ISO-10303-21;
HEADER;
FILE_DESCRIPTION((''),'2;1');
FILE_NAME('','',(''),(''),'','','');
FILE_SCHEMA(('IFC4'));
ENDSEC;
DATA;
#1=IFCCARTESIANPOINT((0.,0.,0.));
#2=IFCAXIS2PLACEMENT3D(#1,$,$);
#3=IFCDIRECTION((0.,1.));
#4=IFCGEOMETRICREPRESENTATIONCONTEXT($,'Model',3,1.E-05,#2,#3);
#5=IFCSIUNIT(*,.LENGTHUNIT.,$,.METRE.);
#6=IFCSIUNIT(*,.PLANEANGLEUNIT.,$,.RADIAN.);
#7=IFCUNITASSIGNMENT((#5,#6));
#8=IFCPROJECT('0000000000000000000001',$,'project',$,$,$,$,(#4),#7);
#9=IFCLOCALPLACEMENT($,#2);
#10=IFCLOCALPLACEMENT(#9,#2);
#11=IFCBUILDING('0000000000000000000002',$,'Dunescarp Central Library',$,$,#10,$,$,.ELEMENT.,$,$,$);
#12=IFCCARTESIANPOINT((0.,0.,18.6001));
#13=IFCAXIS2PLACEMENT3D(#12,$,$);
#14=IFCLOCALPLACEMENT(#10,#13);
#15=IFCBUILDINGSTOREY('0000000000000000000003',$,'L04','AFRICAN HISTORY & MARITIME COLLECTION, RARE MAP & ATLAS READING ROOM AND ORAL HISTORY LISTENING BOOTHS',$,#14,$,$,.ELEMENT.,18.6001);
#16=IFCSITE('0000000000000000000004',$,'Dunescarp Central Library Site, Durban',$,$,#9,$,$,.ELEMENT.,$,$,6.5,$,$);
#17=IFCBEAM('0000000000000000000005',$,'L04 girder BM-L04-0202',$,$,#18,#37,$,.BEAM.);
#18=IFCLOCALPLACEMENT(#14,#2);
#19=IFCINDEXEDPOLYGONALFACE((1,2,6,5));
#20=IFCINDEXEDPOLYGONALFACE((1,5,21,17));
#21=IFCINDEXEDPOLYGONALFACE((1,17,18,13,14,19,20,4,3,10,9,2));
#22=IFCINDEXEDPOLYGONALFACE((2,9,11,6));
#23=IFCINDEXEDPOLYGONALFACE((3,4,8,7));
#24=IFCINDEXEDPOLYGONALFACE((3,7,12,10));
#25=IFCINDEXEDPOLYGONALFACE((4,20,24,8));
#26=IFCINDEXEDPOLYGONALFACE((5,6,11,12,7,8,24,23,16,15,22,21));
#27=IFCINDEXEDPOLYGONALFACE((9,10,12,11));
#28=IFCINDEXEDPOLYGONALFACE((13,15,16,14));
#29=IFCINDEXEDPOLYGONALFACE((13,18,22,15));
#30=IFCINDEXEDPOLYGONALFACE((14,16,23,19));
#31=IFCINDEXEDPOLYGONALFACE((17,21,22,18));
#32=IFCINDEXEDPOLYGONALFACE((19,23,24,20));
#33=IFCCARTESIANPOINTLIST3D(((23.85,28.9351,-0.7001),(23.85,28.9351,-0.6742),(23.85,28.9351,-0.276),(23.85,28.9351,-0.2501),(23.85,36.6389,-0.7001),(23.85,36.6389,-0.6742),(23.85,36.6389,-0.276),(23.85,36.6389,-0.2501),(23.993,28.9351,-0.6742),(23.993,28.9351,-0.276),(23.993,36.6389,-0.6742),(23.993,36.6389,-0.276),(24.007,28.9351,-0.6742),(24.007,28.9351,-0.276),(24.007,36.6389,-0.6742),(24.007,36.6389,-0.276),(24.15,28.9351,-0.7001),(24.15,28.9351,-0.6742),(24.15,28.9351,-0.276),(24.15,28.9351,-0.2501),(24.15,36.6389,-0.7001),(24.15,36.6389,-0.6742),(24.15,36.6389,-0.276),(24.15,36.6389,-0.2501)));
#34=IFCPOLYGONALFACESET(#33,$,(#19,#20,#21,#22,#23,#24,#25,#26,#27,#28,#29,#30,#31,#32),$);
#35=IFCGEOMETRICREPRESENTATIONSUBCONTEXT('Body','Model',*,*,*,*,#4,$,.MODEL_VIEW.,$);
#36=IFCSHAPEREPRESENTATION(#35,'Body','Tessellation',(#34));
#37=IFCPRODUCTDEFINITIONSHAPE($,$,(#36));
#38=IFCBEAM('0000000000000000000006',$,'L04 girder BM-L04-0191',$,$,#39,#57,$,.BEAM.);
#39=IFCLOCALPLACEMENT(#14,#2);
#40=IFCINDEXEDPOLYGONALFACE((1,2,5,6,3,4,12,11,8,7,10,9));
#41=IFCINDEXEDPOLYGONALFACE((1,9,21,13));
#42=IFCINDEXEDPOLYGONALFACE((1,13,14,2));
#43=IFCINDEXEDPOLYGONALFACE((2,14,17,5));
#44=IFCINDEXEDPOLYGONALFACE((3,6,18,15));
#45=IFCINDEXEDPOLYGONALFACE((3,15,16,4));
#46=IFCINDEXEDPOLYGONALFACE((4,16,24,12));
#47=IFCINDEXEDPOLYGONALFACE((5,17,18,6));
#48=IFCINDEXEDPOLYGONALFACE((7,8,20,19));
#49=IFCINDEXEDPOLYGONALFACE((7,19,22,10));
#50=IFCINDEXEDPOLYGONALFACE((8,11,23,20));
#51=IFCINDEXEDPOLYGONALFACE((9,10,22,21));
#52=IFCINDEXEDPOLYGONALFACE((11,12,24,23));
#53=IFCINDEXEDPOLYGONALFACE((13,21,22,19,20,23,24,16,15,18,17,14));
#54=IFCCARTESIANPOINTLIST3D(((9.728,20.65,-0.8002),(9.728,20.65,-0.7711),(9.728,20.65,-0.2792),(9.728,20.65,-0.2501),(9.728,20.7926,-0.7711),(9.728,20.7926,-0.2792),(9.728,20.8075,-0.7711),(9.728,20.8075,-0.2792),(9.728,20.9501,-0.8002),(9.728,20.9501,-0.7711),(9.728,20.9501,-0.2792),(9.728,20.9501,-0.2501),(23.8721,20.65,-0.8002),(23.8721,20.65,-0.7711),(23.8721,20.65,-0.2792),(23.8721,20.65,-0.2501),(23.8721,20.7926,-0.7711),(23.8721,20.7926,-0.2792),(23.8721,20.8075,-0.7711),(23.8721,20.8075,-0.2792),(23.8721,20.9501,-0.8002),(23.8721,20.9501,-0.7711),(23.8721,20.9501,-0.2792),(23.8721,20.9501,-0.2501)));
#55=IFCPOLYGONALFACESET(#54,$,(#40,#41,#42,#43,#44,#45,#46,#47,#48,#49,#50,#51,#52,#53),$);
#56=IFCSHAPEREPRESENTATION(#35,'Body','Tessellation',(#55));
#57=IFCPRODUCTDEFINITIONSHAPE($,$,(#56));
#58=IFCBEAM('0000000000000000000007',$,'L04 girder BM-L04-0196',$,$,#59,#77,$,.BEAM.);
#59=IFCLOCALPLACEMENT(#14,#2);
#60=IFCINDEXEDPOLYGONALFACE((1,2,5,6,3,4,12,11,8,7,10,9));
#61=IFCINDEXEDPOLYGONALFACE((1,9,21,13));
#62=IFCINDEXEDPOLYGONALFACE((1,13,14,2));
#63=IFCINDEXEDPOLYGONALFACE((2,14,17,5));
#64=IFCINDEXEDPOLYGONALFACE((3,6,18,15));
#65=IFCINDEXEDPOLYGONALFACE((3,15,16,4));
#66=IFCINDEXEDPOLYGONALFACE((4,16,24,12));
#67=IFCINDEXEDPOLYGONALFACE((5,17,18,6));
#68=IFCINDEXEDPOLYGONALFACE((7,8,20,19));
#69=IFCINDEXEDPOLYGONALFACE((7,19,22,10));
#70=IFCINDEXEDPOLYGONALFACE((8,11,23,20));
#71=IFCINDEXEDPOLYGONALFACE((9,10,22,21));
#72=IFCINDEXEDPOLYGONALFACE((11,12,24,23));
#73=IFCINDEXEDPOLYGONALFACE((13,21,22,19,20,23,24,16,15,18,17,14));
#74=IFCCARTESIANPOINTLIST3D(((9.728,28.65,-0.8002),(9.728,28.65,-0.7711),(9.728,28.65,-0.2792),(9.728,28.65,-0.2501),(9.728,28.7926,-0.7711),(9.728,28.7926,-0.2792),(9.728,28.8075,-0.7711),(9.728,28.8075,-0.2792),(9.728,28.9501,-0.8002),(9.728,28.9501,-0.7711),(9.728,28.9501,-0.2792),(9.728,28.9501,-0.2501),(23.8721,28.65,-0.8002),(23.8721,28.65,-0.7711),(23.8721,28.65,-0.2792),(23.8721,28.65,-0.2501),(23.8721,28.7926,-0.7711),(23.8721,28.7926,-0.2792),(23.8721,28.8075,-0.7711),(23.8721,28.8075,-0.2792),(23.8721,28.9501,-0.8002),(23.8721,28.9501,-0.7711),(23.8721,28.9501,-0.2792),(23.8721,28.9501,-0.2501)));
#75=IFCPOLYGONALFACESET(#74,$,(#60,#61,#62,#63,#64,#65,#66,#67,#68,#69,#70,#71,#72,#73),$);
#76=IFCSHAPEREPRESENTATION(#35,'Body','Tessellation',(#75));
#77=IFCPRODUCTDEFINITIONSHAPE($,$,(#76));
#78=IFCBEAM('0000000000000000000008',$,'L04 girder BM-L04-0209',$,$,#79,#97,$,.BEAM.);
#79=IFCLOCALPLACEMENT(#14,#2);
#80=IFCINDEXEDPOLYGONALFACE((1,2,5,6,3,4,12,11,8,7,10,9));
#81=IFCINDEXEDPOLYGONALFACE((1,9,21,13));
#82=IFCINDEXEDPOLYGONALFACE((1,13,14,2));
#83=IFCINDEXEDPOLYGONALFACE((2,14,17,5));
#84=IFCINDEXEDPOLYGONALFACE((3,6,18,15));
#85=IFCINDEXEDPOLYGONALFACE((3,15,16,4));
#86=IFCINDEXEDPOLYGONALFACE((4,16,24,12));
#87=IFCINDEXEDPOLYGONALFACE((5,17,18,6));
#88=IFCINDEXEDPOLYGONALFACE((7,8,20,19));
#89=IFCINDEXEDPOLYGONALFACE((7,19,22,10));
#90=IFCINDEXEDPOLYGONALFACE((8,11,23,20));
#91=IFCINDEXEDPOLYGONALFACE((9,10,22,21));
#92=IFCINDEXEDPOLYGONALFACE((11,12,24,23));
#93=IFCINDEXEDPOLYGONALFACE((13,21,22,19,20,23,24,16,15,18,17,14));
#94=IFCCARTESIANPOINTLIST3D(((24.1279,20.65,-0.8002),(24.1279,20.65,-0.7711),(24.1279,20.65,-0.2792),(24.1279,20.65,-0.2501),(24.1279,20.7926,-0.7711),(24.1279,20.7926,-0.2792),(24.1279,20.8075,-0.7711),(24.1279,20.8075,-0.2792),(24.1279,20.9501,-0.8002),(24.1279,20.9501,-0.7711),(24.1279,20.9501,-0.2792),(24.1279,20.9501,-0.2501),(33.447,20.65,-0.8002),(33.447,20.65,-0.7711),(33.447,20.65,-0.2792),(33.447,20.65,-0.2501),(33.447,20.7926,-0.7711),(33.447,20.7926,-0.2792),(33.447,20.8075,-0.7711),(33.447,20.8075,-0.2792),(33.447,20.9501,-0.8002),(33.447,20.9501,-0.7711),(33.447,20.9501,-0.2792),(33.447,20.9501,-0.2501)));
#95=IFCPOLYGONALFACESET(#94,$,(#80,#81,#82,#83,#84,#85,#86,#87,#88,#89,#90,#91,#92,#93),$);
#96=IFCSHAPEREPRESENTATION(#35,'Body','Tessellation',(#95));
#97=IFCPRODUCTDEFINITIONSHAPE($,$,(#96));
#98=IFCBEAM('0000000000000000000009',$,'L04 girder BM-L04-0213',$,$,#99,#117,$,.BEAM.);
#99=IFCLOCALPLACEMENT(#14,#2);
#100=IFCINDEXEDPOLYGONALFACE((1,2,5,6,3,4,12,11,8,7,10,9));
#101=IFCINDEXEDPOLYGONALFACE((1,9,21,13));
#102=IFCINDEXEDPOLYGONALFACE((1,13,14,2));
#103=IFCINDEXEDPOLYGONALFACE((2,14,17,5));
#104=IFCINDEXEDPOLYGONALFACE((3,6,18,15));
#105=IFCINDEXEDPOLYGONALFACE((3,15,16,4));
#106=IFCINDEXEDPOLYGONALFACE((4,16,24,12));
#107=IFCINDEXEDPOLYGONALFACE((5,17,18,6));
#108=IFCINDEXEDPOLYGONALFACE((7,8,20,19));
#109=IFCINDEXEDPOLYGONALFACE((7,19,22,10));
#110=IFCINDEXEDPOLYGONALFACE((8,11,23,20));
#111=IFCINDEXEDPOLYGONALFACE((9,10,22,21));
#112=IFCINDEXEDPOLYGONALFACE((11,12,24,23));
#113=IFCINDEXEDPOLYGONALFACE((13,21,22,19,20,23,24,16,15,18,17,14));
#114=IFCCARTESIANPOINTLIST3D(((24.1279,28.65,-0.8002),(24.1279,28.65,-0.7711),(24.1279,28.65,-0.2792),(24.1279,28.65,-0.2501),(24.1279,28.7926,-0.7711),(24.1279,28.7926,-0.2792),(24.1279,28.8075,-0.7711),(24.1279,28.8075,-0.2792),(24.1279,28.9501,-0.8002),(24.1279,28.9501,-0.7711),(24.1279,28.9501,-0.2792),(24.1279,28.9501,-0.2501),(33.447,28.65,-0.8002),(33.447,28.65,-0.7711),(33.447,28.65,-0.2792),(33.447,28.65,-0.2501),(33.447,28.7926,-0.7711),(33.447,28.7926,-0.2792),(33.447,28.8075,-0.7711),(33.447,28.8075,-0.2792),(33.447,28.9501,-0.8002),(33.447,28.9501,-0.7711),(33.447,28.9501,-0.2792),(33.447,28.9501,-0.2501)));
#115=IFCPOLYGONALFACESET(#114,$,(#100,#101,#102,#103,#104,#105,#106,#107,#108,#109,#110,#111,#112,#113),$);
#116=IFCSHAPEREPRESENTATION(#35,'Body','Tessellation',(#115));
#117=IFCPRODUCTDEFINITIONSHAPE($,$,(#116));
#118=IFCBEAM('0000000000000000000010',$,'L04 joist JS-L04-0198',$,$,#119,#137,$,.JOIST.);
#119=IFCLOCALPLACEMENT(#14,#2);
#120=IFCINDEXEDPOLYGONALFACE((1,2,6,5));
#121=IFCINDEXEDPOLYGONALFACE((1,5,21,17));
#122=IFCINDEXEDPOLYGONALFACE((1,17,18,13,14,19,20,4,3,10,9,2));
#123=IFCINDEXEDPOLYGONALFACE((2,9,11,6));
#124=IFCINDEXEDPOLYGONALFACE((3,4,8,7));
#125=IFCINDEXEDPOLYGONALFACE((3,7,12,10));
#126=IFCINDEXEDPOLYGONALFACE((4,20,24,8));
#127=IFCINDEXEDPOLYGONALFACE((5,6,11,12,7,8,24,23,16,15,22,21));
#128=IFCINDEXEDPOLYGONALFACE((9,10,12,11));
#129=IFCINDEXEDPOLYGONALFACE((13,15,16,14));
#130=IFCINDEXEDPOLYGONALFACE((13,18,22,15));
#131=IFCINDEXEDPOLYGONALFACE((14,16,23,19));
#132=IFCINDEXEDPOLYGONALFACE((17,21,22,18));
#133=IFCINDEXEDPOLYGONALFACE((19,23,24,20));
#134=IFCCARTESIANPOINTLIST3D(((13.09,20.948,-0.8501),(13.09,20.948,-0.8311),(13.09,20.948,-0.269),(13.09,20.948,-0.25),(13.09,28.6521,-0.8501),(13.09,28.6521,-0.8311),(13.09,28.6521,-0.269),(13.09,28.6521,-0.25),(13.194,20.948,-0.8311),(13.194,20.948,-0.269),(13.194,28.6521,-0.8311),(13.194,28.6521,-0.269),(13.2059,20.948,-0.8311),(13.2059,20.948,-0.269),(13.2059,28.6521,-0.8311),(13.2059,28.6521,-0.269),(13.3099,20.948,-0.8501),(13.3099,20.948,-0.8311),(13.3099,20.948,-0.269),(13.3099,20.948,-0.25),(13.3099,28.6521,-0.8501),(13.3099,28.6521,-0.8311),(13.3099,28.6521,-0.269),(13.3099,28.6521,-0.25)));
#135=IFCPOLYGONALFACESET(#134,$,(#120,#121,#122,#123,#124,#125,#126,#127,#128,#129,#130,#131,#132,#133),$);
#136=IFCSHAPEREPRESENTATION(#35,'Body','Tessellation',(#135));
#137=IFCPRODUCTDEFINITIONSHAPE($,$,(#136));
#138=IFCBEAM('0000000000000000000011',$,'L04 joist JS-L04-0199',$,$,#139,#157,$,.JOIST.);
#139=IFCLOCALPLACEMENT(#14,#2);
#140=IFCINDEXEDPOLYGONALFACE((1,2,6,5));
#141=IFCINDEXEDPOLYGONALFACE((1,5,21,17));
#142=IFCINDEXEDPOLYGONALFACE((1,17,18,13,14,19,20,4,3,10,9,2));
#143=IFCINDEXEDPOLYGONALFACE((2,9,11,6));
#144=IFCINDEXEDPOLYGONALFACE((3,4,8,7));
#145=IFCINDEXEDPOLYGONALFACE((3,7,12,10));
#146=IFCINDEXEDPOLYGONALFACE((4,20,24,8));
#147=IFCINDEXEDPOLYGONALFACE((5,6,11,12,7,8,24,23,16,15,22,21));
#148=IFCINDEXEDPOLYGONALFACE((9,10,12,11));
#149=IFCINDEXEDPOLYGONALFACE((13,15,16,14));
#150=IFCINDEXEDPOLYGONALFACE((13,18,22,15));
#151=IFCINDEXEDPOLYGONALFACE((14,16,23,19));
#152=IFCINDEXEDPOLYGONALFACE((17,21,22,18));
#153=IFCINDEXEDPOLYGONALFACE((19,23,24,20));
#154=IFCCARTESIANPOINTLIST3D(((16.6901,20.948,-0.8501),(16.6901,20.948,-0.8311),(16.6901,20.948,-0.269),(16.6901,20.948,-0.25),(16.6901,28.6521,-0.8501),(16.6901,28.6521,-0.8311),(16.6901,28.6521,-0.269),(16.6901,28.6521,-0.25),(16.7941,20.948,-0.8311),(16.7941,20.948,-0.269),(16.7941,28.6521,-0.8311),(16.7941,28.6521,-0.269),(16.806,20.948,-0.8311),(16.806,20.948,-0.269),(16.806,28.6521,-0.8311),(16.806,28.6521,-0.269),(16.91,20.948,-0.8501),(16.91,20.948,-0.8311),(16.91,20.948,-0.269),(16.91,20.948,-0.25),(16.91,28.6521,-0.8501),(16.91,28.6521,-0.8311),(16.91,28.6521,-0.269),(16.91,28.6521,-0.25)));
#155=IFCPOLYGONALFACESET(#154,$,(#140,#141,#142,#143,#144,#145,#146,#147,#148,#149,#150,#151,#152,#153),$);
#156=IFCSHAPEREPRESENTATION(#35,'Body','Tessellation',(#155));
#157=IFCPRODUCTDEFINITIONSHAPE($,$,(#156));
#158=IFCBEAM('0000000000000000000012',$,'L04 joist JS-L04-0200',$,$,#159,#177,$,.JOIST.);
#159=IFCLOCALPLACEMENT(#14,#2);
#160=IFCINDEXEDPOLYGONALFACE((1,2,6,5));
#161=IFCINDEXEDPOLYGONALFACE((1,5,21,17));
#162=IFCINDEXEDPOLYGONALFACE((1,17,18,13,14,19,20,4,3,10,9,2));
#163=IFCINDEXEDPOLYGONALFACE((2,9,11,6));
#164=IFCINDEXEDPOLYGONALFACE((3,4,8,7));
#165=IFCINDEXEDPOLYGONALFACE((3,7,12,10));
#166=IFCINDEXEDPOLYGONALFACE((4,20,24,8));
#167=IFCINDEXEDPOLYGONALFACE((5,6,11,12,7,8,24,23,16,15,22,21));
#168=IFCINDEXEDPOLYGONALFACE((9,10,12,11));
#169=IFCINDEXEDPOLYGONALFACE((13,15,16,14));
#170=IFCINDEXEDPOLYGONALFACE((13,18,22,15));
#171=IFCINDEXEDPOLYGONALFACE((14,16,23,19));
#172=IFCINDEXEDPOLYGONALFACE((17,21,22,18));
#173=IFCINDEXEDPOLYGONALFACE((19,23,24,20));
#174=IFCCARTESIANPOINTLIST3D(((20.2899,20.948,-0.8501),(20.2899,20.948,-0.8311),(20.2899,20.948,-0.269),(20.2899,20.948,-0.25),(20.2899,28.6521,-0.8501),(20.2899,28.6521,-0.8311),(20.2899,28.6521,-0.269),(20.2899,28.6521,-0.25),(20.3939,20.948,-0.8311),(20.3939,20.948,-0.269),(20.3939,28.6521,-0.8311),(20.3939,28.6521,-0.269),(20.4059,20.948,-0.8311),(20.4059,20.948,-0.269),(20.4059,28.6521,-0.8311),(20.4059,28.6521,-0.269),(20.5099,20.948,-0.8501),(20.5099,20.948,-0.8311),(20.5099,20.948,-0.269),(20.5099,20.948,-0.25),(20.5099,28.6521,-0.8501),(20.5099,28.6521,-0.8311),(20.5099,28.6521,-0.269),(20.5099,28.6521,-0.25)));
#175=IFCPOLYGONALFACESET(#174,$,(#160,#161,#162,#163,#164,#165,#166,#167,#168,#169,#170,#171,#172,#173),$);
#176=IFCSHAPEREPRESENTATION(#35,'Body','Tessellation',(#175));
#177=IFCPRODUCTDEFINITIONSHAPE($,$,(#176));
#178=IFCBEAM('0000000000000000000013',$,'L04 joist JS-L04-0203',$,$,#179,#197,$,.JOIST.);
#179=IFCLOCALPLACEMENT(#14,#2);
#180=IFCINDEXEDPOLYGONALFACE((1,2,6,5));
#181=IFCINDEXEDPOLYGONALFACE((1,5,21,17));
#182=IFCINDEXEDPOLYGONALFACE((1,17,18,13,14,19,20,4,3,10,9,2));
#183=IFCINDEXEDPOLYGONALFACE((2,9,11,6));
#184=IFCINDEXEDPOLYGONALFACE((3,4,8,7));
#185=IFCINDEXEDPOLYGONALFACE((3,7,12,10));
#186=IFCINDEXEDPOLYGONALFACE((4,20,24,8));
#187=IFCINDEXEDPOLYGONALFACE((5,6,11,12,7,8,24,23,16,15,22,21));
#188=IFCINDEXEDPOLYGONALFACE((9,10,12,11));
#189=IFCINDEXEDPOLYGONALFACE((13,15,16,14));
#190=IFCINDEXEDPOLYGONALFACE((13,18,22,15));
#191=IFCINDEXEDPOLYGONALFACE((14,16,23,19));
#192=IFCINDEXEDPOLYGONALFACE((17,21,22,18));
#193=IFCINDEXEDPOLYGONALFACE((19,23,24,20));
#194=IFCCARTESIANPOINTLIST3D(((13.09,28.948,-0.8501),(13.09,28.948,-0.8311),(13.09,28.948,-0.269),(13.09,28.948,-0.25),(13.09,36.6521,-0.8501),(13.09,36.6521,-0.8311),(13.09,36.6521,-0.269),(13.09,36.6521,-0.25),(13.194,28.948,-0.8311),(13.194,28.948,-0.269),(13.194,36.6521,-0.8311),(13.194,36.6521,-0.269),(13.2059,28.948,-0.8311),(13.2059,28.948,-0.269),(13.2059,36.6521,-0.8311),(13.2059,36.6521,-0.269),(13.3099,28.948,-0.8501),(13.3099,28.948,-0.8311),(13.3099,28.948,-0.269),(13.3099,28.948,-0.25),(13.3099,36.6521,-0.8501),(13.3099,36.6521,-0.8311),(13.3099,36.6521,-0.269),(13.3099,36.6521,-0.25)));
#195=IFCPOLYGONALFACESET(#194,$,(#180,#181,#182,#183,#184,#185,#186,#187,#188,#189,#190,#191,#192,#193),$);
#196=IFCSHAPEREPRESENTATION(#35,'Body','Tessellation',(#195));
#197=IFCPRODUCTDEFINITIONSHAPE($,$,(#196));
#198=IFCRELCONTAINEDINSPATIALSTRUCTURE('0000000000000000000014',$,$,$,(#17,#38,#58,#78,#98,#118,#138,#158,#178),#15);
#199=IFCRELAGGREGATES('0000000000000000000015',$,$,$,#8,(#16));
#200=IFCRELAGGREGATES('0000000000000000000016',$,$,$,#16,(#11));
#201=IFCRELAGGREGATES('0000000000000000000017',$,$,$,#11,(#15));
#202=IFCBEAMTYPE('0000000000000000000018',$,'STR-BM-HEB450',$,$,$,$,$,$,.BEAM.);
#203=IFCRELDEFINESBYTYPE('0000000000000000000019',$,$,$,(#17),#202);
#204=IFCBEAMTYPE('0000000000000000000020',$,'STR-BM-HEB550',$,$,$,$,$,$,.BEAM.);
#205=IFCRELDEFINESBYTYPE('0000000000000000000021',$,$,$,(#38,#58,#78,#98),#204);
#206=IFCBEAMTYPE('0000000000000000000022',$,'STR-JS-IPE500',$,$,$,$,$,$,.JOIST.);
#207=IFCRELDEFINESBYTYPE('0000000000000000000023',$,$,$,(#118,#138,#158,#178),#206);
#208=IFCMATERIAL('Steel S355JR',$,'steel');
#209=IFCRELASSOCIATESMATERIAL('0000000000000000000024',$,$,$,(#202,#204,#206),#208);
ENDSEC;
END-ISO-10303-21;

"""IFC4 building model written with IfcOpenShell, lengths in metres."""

from ifc_helpers import new_model, si_unit, direction, frame, origin, origin_2d, place, context, subcontext, project, spatial, i_section, extrude, material, material_profile, profile_set, type_object, element, save


model = new_model("IFC4")

# Units and contexts
model_context = context("Model", 3, precision=1e-05, world=origin(), true_north=direction((0.0, 1.0)))
body_context = subcontext(model_context, "Body", "Model", "MODEL_VIEW")
ifc_project = project(units=[si_unit("LENGTHUNIT", "METRE"), si_unit("PLANEANGLEUNIT", "RADIAN")], contexts=[model_context])

# Site, building, storey
site_placement = place(None, origin())
site = spatial("IfcSite", under=ifc_project, at=site_placement, Name="Dunescarp Central Library Site, Durban", CompositionType="ELEMENT", RefElevation=6.5)
building_placement = place(site_placement, origin())
building = spatial("IfcBuilding", under=site, at=building_placement, Name="Dunescarp Central Library", CompositionType="ELEMENT")
storey_placement = place(building_placement, frame((0.0, 0.0, 18.6001)))
storey = spatial("IfcBuildingStorey", under=building, at=storey_placement, Name="L04", Description="AFRICAN HISTORY & MARITIME COLLECTION, RARE MAP & ATLAS READING ROOM AND ORAL HISTORY LISTENING BOOTHS", CompositionType="ELEMENT", Elevation=18.6001)

# Shared definitions
ifc_material_1 = material(Name="Steel S355JR", Category="steel")

# Beams
ifc_material_profile_1 = material_profile(ifc_material_1, i_section(OverallWidth=0.3, OverallDepth=0.45, WebThickness=0.0139, FlangeThickness=0.0259, at=origin_2d()), Name="HEB 450")
ifc_profile_set_1 = profile_set([ifc_material_profile_1], Name="Steel S355JR")
beam_type_1 = type_object("IfcBeamType", Name="STR-BM-HEB450", PredefinedType="BEAM", material=ifc_profile_set_1)
beam_1_placement = place(storey_placement, frame((24.0, 28.9351, -0.4751), z_axis=(0.0, 1.0, 0.0), x_axis=(-1.0, 0.0, 0.0)))
element("IfcBeam", 1, at=beam_1_placement, inside=storey, type_object=beam_type_1, Name="L04 girder BM-L04-0202", PredefinedType="BEAM", context=body_context, shape_type="SweptSolid", body=[
    extrude(i_section(OverallWidth=0.3, OverallDepth=0.45, WebThickness=0.0139, FlangeThickness=0.0259, at=origin_2d()), origin(), (0.0, 0.0, 1.0), 7.7039),
])
ifc_material_profile_2 = material_profile(ifc_material_1, i_section(OverallWidth=0.3, OverallDepth=0.55, WebThickness=0.0149, FlangeThickness=0.0291, at=origin_2d()), Name="HEB 550")
ifc_profile_set_2 = profile_set([ifc_material_profile_2], Name="Steel S355JR")
beam_type_2 = type_object("IfcBeamType", Name="STR-BM-HEB550", PredefinedType="BEAM", material=ifc_profile_set_2)
for number, where, z_axis, x_axis, name in (
    (2, (9.728, 20.8, -0.5251), (1.0, 0.0, 0.0), (0.0, 1.0, 0.0), "L04 girder BM-L04-0191"),
    (3, (9.728, 28.8, -0.5251), (1.0, 0.0, 0.0), (0.0, 1.0, 0.0), "L04 girder BM-L04-0196"),
):
    element("IfcBeam", number, at=place(storey_placement, frame(where, z_axis=z_axis, x_axis=x_axis)), inside=storey, type_object=beam_type_2, Name=name, PredefinedType="BEAM", context=body_context, shape_type="SweptSolid", body=[
        extrude(i_section(OverallWidth=0.3, OverallDepth=0.55, WebThickness=0.0149, FlangeThickness=0.0291, at=origin_2d()), origin(), (0.0, 0.0, 1.0), 14.144),
    ])
for number, where, z_axis, x_axis, name in (
    (4, (24.1279, 20.8, -0.5251), (1.0, 0.0, 0.0), (0.0, 1.0, 0.0), "L04 girder BM-L04-0209"),
    (5, (24.1279, 28.8, -0.5251), (1.0, 0.0, 0.0), (0.0, 1.0, 0.0), "L04 girder BM-L04-0213"),
):
    element("IfcBeam", number, at=place(storey_placement, frame(where, z_axis=z_axis, x_axis=x_axis)), inside=storey, type_object=beam_type_2, Name=name, PredefinedType="BEAM", context=body_context, shape_type="SweptSolid", body=[
        extrude(i_section(OverallWidth=0.3, OverallDepth=0.55, WebThickness=0.0149, FlangeThickness=0.0291, at=origin_2d()), origin(), (0.0, 0.0, 1.0), 9.3191),
    ])
ifc_material_profile_3 = material_profile(ifc_material_1, i_section(OverallWidth=0.22, OverallDepth=0.6001, WebThickness=0.012, FlangeThickness=0.019, at=origin_2d()), Name="IPE 600")
ifc_profile_set_3 = profile_set([ifc_material_profile_3], Name="Steel S355JR")
beam_type_3 = type_object("IfcBeamType", Name="STR-JS-IPE500", PredefinedType="JOIST", material=ifc_profile_set_3)
for number, where, z_axis, x_axis, name in (
    (6, (13.2, 20.948, -0.55), (0.0, 1.0, 0.0), (-1.0, 0.0, 0.0), "L04 joist JS-L04-0198"),
    (7, (16.8, 20.948, -0.55), (0.0, 1.0, 0.0), (-1.0, 0.0, 0.0), "L04 joist JS-L04-0199"),
    (8, (20.3999, 20.948, -0.55), (0.0, 1.0, 0.0), (-1.0, 0.0, 0.0), "L04 joist JS-L04-0200"),
    (9, (13.2, 28.948, -0.55), (0.0, 1.0, 0.0), (-1.0, 0.0, 0.0), "L04 joist JS-L04-0203"),
):
    element("IfcBeam", number, at=place(storey_placement, frame(where, z_axis=z_axis, x_axis=x_axis)), inside=storey, type_object=beam_type_3, Name=name, PredefinedType="JOIST", context=body_context, shape_type="SweptSolid", body=[
        extrude(i_section(OverallWidth=0.22, OverallDepth=0.6001, WebThickness=0.012, FlangeThickness=0.019, at=origin_2d()), origin(), (0.0, 0.0, 1.0), 7.7041),
    ])

save(model, "model.ifc")
